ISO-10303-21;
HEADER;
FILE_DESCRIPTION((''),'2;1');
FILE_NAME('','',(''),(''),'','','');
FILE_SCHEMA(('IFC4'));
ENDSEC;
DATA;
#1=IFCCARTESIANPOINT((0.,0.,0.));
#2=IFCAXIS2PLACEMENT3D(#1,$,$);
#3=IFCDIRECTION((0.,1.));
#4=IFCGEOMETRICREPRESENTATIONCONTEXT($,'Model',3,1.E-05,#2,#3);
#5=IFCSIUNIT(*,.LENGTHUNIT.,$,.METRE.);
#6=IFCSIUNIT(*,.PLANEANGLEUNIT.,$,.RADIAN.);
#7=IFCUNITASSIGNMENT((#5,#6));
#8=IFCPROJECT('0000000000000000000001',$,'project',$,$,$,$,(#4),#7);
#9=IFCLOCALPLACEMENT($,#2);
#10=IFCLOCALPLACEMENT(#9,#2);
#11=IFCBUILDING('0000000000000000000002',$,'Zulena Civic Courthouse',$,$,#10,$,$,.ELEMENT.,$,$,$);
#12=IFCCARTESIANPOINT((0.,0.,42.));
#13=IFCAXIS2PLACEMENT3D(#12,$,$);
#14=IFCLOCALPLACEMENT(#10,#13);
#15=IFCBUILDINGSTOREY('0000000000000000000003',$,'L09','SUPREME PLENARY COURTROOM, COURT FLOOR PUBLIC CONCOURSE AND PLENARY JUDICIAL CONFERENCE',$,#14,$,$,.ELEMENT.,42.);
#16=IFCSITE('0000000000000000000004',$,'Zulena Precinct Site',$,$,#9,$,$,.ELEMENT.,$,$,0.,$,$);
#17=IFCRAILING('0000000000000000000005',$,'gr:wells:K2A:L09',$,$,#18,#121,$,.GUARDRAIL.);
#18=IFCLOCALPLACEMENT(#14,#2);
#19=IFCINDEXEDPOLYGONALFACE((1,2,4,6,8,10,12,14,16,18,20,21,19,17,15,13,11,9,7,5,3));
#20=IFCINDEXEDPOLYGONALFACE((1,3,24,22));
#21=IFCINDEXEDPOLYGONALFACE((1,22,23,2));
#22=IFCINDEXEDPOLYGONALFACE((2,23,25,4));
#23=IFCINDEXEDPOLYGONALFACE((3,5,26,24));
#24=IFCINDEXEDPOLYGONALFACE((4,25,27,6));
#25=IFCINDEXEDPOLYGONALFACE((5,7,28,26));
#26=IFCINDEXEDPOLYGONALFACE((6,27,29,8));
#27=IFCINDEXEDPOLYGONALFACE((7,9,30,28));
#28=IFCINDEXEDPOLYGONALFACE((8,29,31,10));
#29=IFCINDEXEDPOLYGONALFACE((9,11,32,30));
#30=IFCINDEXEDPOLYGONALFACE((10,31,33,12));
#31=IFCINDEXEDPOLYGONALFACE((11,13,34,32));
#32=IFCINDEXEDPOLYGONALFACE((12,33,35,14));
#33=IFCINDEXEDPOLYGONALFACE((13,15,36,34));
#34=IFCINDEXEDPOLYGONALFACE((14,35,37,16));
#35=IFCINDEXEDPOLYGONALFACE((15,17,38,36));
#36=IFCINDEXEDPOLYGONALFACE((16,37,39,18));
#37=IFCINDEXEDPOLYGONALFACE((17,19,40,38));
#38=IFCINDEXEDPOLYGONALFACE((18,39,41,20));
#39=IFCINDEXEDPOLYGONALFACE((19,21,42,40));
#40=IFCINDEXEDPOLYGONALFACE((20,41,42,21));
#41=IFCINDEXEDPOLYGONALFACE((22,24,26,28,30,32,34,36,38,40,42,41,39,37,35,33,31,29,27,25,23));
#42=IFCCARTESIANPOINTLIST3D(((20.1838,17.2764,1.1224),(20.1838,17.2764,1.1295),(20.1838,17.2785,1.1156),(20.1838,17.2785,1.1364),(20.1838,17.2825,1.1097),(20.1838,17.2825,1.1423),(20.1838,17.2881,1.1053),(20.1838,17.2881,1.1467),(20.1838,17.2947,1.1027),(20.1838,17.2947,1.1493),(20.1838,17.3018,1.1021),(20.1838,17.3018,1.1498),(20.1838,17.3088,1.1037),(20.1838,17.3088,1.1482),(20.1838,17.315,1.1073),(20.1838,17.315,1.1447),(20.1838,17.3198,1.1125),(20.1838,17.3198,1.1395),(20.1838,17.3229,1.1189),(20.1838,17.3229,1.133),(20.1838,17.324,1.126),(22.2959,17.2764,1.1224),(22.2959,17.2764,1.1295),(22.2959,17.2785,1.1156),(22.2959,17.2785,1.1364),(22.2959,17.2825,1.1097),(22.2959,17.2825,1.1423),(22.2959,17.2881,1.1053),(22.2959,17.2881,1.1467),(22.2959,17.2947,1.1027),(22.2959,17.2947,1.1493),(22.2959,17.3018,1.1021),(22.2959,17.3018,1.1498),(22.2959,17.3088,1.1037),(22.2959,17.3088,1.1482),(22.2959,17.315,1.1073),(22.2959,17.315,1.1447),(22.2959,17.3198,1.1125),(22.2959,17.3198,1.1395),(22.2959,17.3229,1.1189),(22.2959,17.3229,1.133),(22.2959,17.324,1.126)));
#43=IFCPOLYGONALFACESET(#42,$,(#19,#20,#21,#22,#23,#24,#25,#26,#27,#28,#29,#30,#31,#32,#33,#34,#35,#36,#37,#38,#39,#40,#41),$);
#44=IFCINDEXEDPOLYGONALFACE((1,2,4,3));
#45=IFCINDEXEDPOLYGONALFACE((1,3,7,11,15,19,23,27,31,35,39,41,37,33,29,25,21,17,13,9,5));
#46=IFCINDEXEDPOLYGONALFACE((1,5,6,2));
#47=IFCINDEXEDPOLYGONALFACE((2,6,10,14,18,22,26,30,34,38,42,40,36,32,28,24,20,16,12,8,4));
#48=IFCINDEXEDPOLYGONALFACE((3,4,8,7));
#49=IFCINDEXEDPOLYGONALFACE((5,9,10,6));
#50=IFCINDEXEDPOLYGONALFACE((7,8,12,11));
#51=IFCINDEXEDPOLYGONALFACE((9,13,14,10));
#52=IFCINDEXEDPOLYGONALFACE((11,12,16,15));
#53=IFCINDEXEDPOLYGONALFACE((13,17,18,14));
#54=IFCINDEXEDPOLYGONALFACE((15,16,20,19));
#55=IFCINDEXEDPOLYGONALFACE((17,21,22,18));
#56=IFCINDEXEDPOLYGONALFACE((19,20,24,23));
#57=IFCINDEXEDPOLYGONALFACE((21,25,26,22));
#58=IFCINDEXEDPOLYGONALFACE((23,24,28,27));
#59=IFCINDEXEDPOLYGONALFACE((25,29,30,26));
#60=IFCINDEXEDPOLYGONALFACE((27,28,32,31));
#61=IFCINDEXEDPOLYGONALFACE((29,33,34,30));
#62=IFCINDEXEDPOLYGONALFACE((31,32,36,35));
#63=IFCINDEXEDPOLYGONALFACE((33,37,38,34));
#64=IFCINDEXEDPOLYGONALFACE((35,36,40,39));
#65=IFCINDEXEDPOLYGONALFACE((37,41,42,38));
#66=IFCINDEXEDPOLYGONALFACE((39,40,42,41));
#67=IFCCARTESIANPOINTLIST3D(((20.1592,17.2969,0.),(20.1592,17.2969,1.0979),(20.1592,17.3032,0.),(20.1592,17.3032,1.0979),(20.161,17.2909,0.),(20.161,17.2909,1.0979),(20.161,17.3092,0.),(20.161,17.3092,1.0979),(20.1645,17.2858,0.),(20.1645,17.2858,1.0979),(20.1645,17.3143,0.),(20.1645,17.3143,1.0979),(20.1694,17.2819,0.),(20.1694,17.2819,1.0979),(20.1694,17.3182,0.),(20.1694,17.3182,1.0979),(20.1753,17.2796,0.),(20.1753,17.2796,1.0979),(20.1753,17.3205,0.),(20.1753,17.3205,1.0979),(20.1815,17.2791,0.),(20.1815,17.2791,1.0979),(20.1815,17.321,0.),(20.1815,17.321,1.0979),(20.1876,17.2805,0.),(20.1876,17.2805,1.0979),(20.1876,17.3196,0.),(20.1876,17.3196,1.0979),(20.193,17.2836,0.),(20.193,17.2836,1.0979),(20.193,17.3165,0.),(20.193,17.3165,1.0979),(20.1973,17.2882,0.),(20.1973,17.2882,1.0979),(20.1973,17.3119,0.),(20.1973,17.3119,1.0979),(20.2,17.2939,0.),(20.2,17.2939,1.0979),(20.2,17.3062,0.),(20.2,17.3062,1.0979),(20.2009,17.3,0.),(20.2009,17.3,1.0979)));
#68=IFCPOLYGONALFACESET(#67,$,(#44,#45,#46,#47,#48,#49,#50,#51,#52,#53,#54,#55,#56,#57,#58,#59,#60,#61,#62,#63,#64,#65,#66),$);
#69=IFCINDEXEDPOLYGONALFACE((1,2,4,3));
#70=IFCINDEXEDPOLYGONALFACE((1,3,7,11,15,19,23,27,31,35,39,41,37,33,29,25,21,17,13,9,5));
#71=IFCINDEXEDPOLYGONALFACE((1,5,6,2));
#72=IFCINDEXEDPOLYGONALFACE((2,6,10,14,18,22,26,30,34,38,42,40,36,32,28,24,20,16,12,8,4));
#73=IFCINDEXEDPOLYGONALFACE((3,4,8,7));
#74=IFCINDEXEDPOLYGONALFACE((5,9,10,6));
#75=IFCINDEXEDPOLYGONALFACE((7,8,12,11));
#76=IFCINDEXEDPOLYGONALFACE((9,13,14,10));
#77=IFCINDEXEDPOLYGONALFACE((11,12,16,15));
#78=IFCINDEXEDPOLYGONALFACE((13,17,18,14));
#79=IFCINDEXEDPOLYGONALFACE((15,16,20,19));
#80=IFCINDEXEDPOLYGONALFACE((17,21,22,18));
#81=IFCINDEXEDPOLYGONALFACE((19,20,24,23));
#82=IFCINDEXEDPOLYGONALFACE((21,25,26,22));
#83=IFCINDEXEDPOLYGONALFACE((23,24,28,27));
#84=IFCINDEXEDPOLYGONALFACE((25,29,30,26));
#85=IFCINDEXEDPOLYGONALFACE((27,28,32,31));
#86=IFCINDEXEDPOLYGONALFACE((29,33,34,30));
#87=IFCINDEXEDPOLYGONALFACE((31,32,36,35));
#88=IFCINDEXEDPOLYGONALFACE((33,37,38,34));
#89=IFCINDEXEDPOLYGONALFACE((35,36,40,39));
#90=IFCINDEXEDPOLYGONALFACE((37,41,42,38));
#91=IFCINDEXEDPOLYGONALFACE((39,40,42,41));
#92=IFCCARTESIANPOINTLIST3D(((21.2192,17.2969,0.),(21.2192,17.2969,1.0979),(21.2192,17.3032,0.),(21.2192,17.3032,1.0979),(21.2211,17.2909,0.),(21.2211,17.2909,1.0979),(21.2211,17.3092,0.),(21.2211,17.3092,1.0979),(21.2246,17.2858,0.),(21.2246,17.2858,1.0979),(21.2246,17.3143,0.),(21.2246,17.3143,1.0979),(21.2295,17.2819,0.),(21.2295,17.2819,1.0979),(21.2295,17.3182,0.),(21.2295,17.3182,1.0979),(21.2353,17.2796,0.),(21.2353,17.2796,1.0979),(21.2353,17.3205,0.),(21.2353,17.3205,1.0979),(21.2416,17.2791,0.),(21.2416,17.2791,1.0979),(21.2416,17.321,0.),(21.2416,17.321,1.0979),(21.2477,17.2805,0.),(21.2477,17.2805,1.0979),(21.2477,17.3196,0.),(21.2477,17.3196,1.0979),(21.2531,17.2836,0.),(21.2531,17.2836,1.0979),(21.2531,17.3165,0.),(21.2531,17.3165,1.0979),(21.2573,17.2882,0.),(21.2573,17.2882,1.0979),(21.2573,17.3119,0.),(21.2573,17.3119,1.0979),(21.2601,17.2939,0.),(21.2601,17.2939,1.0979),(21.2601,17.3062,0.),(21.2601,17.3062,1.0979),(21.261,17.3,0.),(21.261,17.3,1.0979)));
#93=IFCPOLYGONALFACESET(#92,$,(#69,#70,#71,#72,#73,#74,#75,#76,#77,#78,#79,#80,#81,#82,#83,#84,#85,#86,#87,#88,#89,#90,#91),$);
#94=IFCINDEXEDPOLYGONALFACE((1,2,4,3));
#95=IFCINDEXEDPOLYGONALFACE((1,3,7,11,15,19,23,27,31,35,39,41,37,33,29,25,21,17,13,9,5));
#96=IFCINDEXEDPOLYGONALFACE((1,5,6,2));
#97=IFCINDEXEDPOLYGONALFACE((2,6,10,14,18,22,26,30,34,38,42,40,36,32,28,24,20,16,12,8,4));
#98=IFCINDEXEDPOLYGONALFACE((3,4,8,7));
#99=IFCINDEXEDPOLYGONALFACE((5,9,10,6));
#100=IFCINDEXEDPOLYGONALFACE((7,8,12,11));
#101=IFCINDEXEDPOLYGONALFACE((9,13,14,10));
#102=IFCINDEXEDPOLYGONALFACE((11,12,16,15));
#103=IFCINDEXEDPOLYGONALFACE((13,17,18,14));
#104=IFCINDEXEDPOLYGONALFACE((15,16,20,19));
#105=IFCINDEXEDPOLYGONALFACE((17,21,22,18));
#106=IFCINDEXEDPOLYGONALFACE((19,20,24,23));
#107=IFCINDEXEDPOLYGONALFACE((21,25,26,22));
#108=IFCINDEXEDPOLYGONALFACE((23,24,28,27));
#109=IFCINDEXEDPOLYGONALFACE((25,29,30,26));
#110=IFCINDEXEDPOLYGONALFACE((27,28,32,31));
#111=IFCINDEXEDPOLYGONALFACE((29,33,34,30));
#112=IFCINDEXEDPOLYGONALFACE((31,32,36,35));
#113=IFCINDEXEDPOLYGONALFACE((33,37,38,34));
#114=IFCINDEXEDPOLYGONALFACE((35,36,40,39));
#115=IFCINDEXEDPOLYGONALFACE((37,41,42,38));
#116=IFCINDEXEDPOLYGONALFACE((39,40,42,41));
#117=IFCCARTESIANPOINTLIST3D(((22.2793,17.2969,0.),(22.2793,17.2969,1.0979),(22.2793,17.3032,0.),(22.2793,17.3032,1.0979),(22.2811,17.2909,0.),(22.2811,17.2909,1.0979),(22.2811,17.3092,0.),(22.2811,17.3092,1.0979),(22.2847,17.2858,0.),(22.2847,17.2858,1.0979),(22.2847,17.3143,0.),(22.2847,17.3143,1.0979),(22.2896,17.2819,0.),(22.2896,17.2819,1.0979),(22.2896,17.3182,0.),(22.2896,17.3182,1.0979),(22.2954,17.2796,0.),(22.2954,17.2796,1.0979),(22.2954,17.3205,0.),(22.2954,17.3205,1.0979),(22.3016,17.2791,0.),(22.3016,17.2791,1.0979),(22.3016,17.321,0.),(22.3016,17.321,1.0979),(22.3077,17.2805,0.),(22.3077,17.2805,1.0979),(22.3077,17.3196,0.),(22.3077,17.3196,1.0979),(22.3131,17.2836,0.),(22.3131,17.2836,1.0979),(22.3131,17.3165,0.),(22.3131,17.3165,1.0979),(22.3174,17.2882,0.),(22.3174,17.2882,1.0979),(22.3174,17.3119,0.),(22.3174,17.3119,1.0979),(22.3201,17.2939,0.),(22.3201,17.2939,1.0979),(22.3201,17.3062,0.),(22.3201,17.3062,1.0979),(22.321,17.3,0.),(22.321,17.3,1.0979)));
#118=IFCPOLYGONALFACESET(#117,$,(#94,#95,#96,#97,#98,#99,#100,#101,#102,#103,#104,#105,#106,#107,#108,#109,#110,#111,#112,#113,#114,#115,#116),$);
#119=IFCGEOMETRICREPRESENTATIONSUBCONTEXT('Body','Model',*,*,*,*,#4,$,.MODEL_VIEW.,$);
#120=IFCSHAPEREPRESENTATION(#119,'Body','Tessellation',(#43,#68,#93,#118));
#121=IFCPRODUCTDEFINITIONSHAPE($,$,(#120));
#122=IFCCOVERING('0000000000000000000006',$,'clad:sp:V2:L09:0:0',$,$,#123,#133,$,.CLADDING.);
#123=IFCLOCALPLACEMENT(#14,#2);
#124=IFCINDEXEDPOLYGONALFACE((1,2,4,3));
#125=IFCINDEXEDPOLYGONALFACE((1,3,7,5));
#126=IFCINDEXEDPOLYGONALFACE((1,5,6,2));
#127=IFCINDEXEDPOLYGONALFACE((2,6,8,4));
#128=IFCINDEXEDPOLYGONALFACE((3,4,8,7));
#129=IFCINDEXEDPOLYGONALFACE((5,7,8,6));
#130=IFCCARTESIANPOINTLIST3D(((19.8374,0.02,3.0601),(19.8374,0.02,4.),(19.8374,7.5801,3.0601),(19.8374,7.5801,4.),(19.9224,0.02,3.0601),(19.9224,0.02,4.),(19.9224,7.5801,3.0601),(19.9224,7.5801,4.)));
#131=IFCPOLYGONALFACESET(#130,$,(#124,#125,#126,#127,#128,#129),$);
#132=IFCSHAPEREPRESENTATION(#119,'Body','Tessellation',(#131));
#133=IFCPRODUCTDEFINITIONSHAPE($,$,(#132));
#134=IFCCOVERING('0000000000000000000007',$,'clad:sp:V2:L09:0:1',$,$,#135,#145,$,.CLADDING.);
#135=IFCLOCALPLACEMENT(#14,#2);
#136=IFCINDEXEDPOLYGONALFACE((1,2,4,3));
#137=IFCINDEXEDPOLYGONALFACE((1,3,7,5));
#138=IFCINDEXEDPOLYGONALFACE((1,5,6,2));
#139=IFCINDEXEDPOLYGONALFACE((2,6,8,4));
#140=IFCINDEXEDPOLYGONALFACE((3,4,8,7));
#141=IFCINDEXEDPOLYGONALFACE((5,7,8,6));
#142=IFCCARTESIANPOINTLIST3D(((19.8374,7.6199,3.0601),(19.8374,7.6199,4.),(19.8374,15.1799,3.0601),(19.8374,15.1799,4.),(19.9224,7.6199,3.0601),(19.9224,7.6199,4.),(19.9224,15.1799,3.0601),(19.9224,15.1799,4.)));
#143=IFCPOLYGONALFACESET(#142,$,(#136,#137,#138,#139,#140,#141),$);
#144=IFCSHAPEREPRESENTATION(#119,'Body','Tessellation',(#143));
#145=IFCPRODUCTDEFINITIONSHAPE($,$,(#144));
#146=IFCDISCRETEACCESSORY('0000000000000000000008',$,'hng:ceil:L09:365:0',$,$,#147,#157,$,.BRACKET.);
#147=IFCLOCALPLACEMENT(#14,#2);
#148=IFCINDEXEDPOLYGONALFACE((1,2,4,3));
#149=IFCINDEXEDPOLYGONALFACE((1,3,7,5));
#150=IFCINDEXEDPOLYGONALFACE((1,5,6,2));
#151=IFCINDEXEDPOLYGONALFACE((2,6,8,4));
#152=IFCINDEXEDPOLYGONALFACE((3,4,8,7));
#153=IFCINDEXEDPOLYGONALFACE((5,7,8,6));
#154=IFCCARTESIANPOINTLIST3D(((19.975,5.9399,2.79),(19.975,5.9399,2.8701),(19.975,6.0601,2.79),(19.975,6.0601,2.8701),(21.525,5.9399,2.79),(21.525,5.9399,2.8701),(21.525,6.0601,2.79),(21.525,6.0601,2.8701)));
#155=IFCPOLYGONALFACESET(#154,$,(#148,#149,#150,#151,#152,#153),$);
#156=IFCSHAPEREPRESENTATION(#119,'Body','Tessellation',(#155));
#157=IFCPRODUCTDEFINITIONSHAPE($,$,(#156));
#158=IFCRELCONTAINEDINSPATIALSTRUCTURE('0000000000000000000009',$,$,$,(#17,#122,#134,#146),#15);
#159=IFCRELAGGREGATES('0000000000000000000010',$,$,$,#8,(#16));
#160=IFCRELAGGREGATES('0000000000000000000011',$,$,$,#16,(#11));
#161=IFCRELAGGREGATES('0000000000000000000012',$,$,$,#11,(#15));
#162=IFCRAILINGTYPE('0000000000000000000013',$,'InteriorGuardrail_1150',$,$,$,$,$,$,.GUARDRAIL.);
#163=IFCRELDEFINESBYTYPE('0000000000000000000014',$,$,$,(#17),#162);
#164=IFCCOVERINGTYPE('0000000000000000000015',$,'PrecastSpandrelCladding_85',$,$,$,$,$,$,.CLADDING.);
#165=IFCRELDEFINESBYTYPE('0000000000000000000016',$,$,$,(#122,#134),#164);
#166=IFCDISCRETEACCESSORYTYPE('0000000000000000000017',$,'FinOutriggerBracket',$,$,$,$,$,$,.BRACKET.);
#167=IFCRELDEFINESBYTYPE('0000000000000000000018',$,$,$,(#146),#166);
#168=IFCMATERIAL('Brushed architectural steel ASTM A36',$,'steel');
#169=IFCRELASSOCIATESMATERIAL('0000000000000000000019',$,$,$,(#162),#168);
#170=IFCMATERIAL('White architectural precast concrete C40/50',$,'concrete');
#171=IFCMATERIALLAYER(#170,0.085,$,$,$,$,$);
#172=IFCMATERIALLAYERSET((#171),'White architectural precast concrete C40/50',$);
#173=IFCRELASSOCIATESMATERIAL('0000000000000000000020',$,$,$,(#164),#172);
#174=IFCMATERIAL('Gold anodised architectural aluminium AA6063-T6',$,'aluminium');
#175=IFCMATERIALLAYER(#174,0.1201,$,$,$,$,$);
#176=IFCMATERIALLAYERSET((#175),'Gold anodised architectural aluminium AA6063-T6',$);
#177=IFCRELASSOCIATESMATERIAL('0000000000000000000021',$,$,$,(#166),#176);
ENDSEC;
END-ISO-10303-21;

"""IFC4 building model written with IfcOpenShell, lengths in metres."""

from ifc_helpers import new_model, si_unit, direction, frame, origin, origin_2d, place, context, subcontext, project, spatial, rectangle, circle, extrude, material, layer, layer_set, type_object, element, save


model = new_model("IFC4")

# Units and contexts
model_context = context("Model", 3, precision=1e-05, world=origin(), true_north=direction((0.0, 1.0)))
body_context = subcontext(model_context, "Body", "Model", "MODEL_VIEW")
ifc_project = project(units=[si_unit("LENGTHUNIT", "METRE"), si_unit("PLANEANGLEUNIT", "RADIAN")], contexts=[model_context])

# Site, building, storey
site_placement = place(None, origin())
site = spatial("IfcSite", under=ifc_project, at=site_placement, Name="Zulena Precinct Site", CompositionType="ELEMENT", RefElevation=0.0)
building_placement = place(site_placement, origin())
building = spatial("IfcBuilding", under=site, at=building_placement, Name="Zulena Civic Courthouse", CompositionType="ELEMENT")
storey_placement = place(building_placement, frame((0.0, 0.0, 42.0)))
storey = spatial("IfcBuildingStorey", under=building, at=storey_placement, Name="L09", Description="SUPREME PLENARY COURTROOM, COURT FLOOR PUBLIC CONCOURSE AND PLENARY JUDICIAL CONFERENCE", CompositionType="ELEMENT", Elevation=42.0)

# Shared definitions
ifc_material_1 = material(Name="White architectural precast concrete C40/50", Category="concrete")

# Railing
ifc_material_2 = material(Name="Brushed architectural steel ASTM A36", Category="steel")
railing_type = type_object("IfcRailingType", Name="InteriorGuardrail_1150", PredefinedType="GUARDRAIL", material=ifc_material_2)
railing_1_placement = place(storey_placement, frame((20.1799, 17.3, 0.0)))
element("IfcRailing", 1, at=railing_1_placement, inside=storey, type_object=railing_type, Name="gr:wells:K2A:L09", PredefinedType="GUARDRAIL", context=body_context, shape_type="SweptSolid", body=[
    extrude(circle(Radius=0.0239, at=origin_2d()), frame((0.0039, 0.0, 1.126), z_axis=(1.0, 0.0, 0.0), x_axis=(0.0, 1.0, 0.0)), (0.0, 0.0, 1.0), 2.1121),
    extrude(circle(Radius=0.021, at=origin_2d()), origin(), (0.0, 0.0, 1.0), 1.0979),
    extrude(circle(Radius=0.021, at=origin_2d()), frame((1.0601, 0.0, 0.0)), (0.0, 0.0, 1.0), 1.0979),
    extrude(circle(Radius=0.021, at=origin_2d()), frame((2.1201, 0.0, 0.0)), (0.0, 0.0, 1.0), 1.0979),
])

# Coverings
ifc_layer_1 = layer(ifc_material_1, 0.085)
ifc_layer_set_1 = layer_set([ifc_layer_1], Name="White architectural precast concrete C40/50")
covering_type = type_object("IfcCoveringType", Name="PrecastSpandrelCladding_85", PredefinedType="CLADDING", material=ifc_layer_set_1)
for number, where, z_axis, x_axis, name in (
    (2, (19.8799, 3.8, 3.0601), (0.0, 0.0, 1.0), (0.0, 1.0, 0.0), "clad:sp:V2:L09:0:0"),
    (3, (19.8799, 11.3999, 3.0601), (0.0, 0.0, 1.0), (0.0, 1.0, 0.0), "clad:sp:V2:L09:0:1"),
):
    element("IfcCovering", number, at=place(storey_placement, frame(where, z_axis=z_axis, x_axis=x_axis)), inside=storey, type_object=covering_type, Name=name, PredefinedType="CLADDING", context=body_context, shape_type="SweptSolid", body=[
        extrude(rectangle(XDim=7.5601, YDim=0.085, at=origin_2d()), origin(), (0.0, 0.0, 1.0), 0.9399),
    ])

# Discrete accessory
ifc_material_3 = material(Name="Gold anodised architectural aluminium AA6063-T6", Category="aluminium")
ifc_layer_2 = layer(ifc_material_3, 0.1201)
ifc_layer_set_2 = layer_set([ifc_layer_2], Name="Gold anodised architectural aluminium AA6063-T6")
discrete_accessory_type = type_object("IfcDiscreteAccessoryType", Name="FinOutriggerBracket", PredefinedType="BRACKET", material=ifc_layer_set_2)
discrete_accessory_placement = place(storey_placement, frame((20.75, 6.0, 2.79), z_axis=(0.0, 0.0, 1.0), x_axis=(1.0, 0.0, 0.0)))
element("IfcDiscreteAccessory", 4, at=discrete_accessory_placement, inside=storey, type_object=discrete_accessory_type, Name="hng:ceil:L09:365:0", PredefinedType="BRACKET", context=body_context, shape_type="SweptSolid", body=[
    extrude(rectangle(XDim=1.55, YDim=0.1201, at=origin_2d()), origin(), (0.0, 0.0, 1.0), 0.0801),
])

save(model, "model.ifc")
